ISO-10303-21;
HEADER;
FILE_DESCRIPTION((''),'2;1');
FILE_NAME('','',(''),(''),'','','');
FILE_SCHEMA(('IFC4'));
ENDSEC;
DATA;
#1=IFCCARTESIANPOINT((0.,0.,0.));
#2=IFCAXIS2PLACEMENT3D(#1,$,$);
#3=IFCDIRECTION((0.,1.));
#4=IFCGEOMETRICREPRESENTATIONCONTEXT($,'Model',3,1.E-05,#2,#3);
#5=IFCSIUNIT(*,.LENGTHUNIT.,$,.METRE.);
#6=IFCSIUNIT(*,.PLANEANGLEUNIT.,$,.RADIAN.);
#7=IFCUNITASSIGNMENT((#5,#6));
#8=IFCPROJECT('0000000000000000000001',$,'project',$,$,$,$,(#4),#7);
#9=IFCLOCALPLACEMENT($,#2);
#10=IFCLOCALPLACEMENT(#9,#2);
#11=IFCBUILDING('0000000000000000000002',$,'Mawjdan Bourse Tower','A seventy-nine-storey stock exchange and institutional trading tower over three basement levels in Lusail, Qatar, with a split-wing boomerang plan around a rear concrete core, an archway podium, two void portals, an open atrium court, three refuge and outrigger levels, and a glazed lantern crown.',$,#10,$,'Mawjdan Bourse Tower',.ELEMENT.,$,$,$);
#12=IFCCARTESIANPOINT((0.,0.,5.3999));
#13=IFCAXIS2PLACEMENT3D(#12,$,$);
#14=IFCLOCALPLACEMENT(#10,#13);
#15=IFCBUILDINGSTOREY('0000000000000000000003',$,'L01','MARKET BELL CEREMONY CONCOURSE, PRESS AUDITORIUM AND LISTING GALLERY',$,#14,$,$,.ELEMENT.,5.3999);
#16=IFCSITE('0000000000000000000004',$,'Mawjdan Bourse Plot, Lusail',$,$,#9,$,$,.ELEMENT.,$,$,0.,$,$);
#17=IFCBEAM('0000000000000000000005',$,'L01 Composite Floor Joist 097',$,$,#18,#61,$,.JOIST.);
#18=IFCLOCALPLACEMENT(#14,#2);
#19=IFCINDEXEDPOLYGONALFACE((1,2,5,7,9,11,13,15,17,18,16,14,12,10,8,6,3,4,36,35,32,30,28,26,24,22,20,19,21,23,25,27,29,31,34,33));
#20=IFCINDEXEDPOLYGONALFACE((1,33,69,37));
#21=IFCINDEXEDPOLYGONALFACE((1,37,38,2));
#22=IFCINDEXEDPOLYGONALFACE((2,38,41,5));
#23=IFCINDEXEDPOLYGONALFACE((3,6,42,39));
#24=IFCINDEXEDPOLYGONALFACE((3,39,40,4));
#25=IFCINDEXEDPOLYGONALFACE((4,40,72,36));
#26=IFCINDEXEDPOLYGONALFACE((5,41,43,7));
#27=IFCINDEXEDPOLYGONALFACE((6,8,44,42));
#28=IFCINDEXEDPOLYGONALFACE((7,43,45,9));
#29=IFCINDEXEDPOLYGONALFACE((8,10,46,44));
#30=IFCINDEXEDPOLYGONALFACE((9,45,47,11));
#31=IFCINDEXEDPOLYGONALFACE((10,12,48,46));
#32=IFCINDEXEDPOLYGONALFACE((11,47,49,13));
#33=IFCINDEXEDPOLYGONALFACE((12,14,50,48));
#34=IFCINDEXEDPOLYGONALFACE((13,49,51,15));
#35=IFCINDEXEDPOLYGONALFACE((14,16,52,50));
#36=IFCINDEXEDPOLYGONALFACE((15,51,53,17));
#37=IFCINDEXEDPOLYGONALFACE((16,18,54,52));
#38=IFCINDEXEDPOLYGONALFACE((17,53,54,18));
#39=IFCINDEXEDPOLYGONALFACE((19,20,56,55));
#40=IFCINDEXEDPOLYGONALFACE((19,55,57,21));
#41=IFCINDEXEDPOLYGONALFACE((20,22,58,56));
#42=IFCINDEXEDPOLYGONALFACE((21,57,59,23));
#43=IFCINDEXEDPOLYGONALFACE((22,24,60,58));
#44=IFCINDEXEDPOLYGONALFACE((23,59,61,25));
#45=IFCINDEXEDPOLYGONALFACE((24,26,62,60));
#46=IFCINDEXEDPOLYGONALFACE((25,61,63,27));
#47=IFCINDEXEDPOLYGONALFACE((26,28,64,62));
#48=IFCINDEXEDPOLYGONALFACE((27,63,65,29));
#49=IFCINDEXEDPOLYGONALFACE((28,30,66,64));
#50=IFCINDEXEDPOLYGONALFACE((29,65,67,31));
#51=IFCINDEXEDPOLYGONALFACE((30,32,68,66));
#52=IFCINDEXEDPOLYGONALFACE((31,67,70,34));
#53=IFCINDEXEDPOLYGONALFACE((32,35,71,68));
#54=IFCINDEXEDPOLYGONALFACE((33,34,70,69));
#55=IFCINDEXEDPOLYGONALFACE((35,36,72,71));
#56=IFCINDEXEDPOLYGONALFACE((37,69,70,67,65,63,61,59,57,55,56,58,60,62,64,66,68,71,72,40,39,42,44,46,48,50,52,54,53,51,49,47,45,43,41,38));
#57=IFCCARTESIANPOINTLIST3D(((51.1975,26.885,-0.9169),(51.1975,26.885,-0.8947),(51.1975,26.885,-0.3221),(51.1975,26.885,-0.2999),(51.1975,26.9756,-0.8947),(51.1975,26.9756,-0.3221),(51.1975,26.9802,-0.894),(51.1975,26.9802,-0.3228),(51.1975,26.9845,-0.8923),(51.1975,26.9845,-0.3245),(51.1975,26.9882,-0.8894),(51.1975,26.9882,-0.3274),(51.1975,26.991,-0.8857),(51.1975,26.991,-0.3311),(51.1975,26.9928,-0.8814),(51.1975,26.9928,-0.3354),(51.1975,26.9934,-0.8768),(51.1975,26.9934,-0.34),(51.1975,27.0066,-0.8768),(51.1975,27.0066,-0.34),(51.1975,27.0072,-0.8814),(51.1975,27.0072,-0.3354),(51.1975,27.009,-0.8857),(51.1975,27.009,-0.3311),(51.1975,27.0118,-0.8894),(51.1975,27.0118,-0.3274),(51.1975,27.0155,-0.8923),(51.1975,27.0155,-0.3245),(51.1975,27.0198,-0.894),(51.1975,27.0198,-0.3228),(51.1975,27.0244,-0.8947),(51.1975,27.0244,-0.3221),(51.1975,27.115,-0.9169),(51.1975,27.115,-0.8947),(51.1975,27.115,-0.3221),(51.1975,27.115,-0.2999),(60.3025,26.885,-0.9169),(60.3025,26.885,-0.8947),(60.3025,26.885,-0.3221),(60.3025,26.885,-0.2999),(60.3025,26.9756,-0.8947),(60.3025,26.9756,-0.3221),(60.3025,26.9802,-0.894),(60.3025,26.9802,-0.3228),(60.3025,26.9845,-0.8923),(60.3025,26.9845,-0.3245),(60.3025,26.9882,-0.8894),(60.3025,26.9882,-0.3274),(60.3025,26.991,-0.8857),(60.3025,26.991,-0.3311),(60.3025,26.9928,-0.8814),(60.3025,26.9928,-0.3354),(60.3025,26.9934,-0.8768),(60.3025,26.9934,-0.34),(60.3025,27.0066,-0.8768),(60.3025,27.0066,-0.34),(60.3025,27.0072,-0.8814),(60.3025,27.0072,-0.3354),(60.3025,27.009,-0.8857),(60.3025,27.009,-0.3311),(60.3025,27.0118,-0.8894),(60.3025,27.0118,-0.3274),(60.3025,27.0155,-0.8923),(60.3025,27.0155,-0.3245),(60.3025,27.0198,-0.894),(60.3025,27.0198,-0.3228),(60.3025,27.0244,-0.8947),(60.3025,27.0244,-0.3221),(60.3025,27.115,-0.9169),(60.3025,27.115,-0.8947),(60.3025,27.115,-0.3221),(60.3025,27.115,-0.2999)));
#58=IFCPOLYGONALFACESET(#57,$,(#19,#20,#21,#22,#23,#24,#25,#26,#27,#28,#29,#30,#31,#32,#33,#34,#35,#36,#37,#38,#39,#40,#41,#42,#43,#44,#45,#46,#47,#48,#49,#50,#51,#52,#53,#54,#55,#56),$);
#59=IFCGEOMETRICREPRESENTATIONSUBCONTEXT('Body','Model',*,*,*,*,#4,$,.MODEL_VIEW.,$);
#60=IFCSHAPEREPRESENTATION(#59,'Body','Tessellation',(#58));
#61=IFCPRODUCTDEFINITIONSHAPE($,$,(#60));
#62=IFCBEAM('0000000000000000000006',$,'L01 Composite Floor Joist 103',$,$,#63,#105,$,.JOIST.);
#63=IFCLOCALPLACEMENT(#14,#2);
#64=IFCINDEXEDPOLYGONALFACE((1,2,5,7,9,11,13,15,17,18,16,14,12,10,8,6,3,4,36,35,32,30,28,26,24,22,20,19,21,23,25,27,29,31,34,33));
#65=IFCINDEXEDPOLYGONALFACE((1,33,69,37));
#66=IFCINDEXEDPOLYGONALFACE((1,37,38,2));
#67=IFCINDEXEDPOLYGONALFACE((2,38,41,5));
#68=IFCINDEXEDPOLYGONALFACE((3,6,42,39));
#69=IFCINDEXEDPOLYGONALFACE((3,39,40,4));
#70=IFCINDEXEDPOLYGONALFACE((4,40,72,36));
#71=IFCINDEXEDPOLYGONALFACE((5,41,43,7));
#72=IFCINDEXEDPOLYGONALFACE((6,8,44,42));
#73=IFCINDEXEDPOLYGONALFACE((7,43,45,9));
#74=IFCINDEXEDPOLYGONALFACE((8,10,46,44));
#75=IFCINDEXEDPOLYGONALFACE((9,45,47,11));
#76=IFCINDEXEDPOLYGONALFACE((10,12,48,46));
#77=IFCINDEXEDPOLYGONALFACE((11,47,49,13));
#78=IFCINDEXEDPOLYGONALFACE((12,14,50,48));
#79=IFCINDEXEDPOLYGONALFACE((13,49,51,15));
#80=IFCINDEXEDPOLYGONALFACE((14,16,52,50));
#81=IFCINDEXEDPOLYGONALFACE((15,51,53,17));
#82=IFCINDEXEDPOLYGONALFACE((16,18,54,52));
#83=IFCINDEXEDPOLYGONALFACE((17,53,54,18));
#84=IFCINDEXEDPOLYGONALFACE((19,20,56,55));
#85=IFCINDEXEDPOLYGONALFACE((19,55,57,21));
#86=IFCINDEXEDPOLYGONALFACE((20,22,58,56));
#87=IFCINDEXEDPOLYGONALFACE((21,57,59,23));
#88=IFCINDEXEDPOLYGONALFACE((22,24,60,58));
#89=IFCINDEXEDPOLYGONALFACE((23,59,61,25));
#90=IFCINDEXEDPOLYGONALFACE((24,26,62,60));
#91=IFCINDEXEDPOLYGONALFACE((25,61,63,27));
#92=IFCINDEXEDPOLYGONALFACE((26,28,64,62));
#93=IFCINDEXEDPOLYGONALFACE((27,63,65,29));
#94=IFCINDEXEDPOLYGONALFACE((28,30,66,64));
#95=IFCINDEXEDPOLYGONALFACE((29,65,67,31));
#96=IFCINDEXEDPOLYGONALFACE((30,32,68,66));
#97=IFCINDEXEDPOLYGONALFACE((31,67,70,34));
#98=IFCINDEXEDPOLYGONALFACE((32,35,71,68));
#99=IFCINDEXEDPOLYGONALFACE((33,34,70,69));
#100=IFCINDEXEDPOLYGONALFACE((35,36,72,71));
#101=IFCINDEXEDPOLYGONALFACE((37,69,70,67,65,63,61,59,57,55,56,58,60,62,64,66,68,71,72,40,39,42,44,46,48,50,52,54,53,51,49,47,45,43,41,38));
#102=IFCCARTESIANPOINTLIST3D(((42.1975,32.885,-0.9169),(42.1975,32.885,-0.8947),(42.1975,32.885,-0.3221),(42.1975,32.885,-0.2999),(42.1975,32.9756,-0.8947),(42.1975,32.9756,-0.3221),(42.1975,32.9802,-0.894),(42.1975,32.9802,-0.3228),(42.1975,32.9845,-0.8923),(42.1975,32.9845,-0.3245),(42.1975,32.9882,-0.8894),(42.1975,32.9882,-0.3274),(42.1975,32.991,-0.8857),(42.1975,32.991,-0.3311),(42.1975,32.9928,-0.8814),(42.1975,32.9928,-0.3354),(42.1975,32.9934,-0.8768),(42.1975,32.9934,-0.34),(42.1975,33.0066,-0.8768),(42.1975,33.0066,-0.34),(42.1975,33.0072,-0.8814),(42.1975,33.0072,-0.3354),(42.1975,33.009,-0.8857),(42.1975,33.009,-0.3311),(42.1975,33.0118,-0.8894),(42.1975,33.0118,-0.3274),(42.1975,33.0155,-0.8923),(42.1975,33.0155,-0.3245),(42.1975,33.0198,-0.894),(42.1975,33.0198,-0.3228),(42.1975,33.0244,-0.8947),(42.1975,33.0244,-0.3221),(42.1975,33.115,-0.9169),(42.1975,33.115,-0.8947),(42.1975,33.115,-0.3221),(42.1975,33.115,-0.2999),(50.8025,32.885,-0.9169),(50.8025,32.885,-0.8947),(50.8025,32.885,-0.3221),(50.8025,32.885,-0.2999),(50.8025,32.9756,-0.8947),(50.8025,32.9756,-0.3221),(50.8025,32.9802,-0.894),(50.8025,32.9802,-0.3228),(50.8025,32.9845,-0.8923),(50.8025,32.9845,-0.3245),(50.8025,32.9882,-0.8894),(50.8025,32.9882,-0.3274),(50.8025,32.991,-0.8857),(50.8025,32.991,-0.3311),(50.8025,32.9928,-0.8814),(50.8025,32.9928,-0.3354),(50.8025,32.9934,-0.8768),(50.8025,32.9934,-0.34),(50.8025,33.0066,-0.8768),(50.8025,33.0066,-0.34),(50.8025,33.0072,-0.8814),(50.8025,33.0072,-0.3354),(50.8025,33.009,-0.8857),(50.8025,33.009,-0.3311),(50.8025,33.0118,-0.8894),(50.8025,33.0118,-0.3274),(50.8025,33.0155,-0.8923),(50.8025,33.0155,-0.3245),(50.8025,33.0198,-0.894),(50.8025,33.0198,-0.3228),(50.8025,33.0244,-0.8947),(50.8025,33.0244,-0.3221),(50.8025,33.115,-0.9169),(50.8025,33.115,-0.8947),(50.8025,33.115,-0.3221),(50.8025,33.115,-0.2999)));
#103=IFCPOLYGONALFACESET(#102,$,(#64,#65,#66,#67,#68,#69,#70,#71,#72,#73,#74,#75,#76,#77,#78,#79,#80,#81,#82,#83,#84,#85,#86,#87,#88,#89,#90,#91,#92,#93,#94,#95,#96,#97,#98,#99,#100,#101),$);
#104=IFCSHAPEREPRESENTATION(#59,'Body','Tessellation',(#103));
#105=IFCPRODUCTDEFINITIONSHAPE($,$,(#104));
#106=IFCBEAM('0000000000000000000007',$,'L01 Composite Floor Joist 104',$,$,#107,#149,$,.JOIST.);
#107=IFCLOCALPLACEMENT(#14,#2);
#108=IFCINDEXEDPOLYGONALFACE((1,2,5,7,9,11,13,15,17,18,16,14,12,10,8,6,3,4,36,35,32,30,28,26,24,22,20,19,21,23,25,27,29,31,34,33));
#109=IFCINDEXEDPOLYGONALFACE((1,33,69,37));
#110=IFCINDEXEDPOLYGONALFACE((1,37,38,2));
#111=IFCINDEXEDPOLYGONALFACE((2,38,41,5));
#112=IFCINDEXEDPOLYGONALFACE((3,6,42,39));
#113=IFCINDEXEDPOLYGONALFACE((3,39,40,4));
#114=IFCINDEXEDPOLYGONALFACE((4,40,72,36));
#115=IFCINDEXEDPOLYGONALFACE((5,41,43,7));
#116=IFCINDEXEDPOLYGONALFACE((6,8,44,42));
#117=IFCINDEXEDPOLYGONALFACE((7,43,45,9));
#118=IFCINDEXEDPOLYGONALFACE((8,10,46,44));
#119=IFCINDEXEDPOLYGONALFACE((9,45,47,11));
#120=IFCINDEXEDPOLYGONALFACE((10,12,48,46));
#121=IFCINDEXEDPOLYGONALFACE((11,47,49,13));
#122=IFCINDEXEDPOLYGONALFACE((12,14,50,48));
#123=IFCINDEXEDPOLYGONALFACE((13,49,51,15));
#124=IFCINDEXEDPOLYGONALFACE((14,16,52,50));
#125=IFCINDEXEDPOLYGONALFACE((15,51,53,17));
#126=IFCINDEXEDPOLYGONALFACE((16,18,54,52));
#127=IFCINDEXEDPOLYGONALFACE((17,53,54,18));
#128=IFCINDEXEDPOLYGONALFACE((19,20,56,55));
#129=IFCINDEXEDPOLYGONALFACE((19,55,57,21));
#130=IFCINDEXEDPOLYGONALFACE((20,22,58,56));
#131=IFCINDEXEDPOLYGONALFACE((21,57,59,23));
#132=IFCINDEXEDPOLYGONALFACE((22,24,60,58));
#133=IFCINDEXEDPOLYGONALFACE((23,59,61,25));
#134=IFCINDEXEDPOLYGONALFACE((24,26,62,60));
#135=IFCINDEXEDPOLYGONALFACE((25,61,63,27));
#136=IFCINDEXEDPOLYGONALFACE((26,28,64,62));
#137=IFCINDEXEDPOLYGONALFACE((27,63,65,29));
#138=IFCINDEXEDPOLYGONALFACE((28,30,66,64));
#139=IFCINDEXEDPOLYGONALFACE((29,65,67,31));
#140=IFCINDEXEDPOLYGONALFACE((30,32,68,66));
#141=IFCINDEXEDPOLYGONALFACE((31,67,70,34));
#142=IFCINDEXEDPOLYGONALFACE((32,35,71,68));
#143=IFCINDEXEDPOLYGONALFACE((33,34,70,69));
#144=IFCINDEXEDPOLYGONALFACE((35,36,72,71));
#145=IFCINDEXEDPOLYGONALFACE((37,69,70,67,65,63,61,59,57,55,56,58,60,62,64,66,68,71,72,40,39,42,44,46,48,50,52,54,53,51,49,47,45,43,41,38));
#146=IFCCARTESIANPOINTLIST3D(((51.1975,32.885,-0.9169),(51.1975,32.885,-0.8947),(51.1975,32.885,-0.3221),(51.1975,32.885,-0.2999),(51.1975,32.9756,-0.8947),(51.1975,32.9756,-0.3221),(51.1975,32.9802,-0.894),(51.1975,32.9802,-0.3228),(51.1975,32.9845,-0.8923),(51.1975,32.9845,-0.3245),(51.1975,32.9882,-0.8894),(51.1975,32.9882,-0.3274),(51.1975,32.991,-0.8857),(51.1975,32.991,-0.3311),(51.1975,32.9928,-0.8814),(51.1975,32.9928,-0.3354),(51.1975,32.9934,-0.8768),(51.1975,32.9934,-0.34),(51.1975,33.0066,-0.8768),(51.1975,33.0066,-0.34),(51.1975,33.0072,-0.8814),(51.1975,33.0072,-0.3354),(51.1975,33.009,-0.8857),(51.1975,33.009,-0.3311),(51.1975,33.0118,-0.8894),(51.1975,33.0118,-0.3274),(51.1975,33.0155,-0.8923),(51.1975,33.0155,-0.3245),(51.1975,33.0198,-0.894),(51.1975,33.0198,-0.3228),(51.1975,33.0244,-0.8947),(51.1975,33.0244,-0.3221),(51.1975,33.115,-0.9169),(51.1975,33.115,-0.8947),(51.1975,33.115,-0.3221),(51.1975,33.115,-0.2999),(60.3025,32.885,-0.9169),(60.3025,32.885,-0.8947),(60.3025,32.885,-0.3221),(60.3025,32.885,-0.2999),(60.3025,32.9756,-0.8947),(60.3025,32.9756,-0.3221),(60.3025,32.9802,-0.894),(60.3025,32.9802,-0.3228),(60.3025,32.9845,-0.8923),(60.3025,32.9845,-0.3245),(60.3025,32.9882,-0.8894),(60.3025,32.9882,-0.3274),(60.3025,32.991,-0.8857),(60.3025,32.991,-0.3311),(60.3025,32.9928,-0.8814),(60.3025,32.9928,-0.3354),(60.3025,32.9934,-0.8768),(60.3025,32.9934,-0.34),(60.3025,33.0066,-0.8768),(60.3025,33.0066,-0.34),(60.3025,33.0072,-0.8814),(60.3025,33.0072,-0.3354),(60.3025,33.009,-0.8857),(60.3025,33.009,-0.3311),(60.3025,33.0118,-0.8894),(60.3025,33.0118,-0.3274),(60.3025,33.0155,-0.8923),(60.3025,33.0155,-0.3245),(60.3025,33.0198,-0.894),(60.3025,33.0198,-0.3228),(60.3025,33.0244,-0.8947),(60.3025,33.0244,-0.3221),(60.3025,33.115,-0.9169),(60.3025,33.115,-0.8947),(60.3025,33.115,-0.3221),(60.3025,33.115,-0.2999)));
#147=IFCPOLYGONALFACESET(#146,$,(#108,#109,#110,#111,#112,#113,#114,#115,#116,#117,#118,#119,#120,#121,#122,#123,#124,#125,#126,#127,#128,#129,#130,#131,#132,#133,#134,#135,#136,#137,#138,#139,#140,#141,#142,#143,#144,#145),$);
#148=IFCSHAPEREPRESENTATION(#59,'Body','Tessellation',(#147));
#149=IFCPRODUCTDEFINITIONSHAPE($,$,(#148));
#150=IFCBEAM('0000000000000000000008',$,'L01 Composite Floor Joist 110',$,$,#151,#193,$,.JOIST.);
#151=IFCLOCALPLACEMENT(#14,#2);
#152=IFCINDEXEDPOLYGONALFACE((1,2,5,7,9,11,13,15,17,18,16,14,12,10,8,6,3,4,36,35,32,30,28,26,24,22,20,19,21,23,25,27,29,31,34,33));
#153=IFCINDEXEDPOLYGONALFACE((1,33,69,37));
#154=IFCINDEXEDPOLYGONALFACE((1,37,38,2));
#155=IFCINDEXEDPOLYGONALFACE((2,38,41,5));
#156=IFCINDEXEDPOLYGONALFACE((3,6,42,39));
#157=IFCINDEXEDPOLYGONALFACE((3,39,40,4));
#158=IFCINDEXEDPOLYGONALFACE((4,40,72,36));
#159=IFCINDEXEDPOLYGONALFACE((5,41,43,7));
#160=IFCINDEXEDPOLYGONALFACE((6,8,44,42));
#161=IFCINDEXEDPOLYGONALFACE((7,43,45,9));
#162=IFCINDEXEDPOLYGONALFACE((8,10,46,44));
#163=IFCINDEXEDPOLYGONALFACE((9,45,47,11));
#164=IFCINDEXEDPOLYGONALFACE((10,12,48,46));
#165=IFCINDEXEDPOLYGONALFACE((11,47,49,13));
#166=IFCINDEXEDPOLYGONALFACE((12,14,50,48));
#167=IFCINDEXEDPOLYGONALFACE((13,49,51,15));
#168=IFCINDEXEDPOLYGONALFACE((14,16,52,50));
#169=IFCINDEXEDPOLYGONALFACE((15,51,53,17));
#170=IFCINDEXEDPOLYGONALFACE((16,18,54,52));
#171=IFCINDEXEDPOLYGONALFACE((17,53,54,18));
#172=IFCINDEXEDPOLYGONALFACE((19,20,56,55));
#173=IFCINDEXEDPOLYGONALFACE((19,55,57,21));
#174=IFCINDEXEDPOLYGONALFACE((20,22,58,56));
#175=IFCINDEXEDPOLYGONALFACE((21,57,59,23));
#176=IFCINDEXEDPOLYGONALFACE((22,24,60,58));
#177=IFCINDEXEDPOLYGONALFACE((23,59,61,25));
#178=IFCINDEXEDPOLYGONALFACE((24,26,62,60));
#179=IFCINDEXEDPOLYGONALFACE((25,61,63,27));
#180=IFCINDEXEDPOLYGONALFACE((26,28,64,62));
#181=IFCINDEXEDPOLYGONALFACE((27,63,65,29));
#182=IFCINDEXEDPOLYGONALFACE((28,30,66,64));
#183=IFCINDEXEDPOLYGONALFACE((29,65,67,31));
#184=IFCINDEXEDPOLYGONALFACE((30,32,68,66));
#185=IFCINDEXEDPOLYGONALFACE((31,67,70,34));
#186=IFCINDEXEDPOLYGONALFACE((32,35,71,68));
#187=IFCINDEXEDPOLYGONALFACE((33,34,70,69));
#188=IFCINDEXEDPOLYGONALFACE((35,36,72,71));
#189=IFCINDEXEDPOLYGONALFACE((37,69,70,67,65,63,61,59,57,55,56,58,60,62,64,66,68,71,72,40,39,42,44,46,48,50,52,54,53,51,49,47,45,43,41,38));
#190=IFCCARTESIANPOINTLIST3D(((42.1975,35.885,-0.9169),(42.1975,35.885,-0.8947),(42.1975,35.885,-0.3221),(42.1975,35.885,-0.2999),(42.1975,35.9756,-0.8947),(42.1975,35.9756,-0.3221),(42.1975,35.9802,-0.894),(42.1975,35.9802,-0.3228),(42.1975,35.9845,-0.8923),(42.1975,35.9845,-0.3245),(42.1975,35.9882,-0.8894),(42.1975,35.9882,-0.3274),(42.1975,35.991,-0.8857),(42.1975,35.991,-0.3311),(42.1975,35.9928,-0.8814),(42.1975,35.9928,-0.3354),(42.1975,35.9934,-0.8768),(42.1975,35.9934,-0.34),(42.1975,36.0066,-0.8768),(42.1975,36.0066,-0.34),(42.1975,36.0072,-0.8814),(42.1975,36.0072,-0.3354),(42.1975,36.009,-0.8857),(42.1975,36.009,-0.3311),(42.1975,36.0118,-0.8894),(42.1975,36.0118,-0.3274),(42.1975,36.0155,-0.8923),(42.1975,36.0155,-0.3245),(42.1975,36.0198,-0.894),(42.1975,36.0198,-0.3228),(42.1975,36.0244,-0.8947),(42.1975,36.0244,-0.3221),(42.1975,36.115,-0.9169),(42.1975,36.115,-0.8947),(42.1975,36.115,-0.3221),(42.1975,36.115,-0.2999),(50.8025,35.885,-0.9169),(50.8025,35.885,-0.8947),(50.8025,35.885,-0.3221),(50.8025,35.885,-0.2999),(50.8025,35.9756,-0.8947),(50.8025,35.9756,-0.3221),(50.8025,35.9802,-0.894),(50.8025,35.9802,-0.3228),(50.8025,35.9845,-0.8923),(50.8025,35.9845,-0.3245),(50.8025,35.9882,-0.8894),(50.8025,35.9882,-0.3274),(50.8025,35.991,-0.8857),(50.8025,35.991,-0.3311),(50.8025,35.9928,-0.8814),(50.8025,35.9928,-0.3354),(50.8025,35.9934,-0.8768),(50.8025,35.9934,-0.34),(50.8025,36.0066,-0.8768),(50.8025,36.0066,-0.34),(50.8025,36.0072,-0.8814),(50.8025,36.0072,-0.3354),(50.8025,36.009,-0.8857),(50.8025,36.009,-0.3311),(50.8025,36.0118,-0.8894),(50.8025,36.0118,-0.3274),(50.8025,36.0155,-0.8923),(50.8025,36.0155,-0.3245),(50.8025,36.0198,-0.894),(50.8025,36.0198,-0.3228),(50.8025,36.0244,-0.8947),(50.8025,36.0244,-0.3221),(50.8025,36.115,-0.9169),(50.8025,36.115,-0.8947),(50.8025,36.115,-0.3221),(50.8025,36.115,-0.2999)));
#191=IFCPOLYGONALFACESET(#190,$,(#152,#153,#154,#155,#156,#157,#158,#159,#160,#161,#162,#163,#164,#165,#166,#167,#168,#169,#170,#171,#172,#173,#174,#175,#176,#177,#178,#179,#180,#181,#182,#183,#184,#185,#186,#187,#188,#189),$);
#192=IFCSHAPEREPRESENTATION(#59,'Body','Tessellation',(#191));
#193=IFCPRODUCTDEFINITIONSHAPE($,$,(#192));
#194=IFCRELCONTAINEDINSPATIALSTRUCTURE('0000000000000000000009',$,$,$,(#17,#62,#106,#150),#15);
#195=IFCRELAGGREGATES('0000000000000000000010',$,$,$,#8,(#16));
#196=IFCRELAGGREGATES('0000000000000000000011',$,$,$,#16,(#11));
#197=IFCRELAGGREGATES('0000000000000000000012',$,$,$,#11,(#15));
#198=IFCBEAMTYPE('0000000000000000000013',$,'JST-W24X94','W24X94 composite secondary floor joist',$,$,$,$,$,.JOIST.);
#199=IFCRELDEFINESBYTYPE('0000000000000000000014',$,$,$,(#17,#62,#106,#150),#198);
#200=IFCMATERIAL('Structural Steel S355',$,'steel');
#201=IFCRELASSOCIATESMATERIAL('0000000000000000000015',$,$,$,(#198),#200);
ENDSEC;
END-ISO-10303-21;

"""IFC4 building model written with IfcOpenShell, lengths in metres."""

from ifc_helpers import new_model, si_unit, direction, frame, origin, origin_2d, place, context, subcontext, project, spatial, i_section, extrude, material, material_profile, profile_set, type_object, element, save


model = new_model("IFC4")

# Units and contexts
model_context = context("Model", 3, precision=1e-05, world=origin(), true_north=direction((0.0, 1.0)))
body_context = subcontext(model_context, "Body", "Model", "MODEL_VIEW")
ifc_project = project(units=[si_unit("LENGTHUNIT", "METRE"), si_unit("PLANEANGLEUNIT", "RADIAN")], contexts=[model_context])

# Site, building, storey
site_placement = place(None, origin())
site = spatial("IfcSite", under=ifc_project, at=site_placement, Name="Mawjdan Bourse Plot, Lusail", CompositionType="ELEMENT", RefElevation=0.0)
building_placement = place(site_placement, origin())
building = spatial("IfcBuilding", under=site, at=building_placement, Name="Mawjdan Bourse Tower", Description="A seventy-nine-storey stock exchange and institutional trading tower over three basement levels in Lusail, Qatar, with a split-wing boomerang plan around a rear concrete core, an archway podium, two void portals, an open atrium court, three refuge and outrigger levels, and a glazed lantern crown.", LongName="Mawjdan Bourse Tower", CompositionType="ELEMENT")
storey_placement = place(building_placement, frame((0.0, 0.0, 5.3999)))
storey = spatial("IfcBuildingStorey", under=building, at=storey_placement, Name="L01", Description="MARKET BELL CEREMONY CONCOURSE, PRESS AUDITORIUM AND LISTING GALLERY", CompositionType="ELEMENT", Elevation=5.3999)

# Beams
ifc_material_1 = material(Name="Structural Steel S355", Category="steel")
ifc_material_profile_1 = material_profile(ifc_material_1, i_section(OverallWidth=0.23, OverallDepth=0.6169, WebThickness=0.0132, FlangeThickness=0.0222, FilletRadius=0.0178, at=origin_2d()), Name="W24X94")
ifc_profile_set_1 = profile_set([ifc_material_profile_1], Name="Structural Steel S355")
beam_type_1 = type_object("IfcBeamType", Name="JST-W24X94", Description="W24X94 composite secondary floor joist", PredefinedType="JOIST", material=ifc_profile_set_1)
beam_1_placement = place(storey_placement, frame((51.1975, 27.0, -0.6084), z_axis=(1.0, 0.0, 0.0), x_axis=(0.0, 1.0, 0.0)))
element("IfcBeam", 1, at=beam_1_placement, inside=storey, type_object=beam_type_1, Name="L01 Composite Floor Joist 097", PredefinedType="JOIST", context=body_context, shape_type="SweptSolid", body=[
    extrude(i_section(OverallWidth=0.23, OverallDepth=0.6169, WebThickness=0.0132, FlangeThickness=0.0222, FilletRadius=0.0178, at=origin_2d()), origin(), (0.0, 0.0, 1.0), 9.105),
])
beam_2_placement = place(storey_placement, frame((42.1975, 33.0, -0.6084), z_axis=(1.0, 0.0, 0.0), x_axis=(0.0, 1.0, 0.0)))
element("IfcBeam", 2, at=beam_2_placement, inside=storey, type_object=beam_type_1, Name="L01 Composite Floor Joist 103", PredefinedType="JOIST", context=body_context, shape_type="SweptSolid", body=[
    extrude(i_section(OverallWidth=0.23, OverallDepth=0.6169, WebThickness=0.0132, FlangeThickness=0.0222, FilletRadius=0.0178, at=origin_2d()), origin(), (0.0, 0.0, 1.0), 8.605),
])
beam_3_placement = place(storey_placement, frame((51.1975, 33.0, -0.6084), z_axis=(1.0, 0.0, 0.0), x_axis=(0.0, 1.0, 0.0)))
element("IfcBeam", 3, at=beam_3_placement, inside=storey, type_object=beam_type_1, Name="L01 Composite Floor Joist 104", PredefinedType="JOIST", context=body_context, shape_type="SweptSolid", body=[
    extrude(i_section(OverallWidth=0.23, OverallDepth=0.6169, WebThickness=0.0132, FlangeThickness=0.0222, FilletRadius=0.0178, at=origin_2d()), origin(), (0.0, 0.0, 1.0), 9.105),
])
beam_4_placement = place(storey_placement, frame((42.1975, 36.0, -0.6084), z_axis=(1.0, 0.0, 0.0), x_axis=(0.0, 1.0, 0.0)))
element("IfcBeam", 4, at=beam_4_placement, inside=storey, type_object=beam_type_1, Name="L01 Composite Floor Joist 110", PredefinedType="JOIST", context=body_context, shape_type="SweptSolid", body=[
    extrude(i_section(OverallWidth=0.23, OverallDepth=0.6169, WebThickness=0.0132, FlangeThickness=0.0222, FilletRadius=0.0178, at=origin_2d()), origin(), (0.0, 0.0, 1.0), 8.605),
])

save(model, "model.ifc")
